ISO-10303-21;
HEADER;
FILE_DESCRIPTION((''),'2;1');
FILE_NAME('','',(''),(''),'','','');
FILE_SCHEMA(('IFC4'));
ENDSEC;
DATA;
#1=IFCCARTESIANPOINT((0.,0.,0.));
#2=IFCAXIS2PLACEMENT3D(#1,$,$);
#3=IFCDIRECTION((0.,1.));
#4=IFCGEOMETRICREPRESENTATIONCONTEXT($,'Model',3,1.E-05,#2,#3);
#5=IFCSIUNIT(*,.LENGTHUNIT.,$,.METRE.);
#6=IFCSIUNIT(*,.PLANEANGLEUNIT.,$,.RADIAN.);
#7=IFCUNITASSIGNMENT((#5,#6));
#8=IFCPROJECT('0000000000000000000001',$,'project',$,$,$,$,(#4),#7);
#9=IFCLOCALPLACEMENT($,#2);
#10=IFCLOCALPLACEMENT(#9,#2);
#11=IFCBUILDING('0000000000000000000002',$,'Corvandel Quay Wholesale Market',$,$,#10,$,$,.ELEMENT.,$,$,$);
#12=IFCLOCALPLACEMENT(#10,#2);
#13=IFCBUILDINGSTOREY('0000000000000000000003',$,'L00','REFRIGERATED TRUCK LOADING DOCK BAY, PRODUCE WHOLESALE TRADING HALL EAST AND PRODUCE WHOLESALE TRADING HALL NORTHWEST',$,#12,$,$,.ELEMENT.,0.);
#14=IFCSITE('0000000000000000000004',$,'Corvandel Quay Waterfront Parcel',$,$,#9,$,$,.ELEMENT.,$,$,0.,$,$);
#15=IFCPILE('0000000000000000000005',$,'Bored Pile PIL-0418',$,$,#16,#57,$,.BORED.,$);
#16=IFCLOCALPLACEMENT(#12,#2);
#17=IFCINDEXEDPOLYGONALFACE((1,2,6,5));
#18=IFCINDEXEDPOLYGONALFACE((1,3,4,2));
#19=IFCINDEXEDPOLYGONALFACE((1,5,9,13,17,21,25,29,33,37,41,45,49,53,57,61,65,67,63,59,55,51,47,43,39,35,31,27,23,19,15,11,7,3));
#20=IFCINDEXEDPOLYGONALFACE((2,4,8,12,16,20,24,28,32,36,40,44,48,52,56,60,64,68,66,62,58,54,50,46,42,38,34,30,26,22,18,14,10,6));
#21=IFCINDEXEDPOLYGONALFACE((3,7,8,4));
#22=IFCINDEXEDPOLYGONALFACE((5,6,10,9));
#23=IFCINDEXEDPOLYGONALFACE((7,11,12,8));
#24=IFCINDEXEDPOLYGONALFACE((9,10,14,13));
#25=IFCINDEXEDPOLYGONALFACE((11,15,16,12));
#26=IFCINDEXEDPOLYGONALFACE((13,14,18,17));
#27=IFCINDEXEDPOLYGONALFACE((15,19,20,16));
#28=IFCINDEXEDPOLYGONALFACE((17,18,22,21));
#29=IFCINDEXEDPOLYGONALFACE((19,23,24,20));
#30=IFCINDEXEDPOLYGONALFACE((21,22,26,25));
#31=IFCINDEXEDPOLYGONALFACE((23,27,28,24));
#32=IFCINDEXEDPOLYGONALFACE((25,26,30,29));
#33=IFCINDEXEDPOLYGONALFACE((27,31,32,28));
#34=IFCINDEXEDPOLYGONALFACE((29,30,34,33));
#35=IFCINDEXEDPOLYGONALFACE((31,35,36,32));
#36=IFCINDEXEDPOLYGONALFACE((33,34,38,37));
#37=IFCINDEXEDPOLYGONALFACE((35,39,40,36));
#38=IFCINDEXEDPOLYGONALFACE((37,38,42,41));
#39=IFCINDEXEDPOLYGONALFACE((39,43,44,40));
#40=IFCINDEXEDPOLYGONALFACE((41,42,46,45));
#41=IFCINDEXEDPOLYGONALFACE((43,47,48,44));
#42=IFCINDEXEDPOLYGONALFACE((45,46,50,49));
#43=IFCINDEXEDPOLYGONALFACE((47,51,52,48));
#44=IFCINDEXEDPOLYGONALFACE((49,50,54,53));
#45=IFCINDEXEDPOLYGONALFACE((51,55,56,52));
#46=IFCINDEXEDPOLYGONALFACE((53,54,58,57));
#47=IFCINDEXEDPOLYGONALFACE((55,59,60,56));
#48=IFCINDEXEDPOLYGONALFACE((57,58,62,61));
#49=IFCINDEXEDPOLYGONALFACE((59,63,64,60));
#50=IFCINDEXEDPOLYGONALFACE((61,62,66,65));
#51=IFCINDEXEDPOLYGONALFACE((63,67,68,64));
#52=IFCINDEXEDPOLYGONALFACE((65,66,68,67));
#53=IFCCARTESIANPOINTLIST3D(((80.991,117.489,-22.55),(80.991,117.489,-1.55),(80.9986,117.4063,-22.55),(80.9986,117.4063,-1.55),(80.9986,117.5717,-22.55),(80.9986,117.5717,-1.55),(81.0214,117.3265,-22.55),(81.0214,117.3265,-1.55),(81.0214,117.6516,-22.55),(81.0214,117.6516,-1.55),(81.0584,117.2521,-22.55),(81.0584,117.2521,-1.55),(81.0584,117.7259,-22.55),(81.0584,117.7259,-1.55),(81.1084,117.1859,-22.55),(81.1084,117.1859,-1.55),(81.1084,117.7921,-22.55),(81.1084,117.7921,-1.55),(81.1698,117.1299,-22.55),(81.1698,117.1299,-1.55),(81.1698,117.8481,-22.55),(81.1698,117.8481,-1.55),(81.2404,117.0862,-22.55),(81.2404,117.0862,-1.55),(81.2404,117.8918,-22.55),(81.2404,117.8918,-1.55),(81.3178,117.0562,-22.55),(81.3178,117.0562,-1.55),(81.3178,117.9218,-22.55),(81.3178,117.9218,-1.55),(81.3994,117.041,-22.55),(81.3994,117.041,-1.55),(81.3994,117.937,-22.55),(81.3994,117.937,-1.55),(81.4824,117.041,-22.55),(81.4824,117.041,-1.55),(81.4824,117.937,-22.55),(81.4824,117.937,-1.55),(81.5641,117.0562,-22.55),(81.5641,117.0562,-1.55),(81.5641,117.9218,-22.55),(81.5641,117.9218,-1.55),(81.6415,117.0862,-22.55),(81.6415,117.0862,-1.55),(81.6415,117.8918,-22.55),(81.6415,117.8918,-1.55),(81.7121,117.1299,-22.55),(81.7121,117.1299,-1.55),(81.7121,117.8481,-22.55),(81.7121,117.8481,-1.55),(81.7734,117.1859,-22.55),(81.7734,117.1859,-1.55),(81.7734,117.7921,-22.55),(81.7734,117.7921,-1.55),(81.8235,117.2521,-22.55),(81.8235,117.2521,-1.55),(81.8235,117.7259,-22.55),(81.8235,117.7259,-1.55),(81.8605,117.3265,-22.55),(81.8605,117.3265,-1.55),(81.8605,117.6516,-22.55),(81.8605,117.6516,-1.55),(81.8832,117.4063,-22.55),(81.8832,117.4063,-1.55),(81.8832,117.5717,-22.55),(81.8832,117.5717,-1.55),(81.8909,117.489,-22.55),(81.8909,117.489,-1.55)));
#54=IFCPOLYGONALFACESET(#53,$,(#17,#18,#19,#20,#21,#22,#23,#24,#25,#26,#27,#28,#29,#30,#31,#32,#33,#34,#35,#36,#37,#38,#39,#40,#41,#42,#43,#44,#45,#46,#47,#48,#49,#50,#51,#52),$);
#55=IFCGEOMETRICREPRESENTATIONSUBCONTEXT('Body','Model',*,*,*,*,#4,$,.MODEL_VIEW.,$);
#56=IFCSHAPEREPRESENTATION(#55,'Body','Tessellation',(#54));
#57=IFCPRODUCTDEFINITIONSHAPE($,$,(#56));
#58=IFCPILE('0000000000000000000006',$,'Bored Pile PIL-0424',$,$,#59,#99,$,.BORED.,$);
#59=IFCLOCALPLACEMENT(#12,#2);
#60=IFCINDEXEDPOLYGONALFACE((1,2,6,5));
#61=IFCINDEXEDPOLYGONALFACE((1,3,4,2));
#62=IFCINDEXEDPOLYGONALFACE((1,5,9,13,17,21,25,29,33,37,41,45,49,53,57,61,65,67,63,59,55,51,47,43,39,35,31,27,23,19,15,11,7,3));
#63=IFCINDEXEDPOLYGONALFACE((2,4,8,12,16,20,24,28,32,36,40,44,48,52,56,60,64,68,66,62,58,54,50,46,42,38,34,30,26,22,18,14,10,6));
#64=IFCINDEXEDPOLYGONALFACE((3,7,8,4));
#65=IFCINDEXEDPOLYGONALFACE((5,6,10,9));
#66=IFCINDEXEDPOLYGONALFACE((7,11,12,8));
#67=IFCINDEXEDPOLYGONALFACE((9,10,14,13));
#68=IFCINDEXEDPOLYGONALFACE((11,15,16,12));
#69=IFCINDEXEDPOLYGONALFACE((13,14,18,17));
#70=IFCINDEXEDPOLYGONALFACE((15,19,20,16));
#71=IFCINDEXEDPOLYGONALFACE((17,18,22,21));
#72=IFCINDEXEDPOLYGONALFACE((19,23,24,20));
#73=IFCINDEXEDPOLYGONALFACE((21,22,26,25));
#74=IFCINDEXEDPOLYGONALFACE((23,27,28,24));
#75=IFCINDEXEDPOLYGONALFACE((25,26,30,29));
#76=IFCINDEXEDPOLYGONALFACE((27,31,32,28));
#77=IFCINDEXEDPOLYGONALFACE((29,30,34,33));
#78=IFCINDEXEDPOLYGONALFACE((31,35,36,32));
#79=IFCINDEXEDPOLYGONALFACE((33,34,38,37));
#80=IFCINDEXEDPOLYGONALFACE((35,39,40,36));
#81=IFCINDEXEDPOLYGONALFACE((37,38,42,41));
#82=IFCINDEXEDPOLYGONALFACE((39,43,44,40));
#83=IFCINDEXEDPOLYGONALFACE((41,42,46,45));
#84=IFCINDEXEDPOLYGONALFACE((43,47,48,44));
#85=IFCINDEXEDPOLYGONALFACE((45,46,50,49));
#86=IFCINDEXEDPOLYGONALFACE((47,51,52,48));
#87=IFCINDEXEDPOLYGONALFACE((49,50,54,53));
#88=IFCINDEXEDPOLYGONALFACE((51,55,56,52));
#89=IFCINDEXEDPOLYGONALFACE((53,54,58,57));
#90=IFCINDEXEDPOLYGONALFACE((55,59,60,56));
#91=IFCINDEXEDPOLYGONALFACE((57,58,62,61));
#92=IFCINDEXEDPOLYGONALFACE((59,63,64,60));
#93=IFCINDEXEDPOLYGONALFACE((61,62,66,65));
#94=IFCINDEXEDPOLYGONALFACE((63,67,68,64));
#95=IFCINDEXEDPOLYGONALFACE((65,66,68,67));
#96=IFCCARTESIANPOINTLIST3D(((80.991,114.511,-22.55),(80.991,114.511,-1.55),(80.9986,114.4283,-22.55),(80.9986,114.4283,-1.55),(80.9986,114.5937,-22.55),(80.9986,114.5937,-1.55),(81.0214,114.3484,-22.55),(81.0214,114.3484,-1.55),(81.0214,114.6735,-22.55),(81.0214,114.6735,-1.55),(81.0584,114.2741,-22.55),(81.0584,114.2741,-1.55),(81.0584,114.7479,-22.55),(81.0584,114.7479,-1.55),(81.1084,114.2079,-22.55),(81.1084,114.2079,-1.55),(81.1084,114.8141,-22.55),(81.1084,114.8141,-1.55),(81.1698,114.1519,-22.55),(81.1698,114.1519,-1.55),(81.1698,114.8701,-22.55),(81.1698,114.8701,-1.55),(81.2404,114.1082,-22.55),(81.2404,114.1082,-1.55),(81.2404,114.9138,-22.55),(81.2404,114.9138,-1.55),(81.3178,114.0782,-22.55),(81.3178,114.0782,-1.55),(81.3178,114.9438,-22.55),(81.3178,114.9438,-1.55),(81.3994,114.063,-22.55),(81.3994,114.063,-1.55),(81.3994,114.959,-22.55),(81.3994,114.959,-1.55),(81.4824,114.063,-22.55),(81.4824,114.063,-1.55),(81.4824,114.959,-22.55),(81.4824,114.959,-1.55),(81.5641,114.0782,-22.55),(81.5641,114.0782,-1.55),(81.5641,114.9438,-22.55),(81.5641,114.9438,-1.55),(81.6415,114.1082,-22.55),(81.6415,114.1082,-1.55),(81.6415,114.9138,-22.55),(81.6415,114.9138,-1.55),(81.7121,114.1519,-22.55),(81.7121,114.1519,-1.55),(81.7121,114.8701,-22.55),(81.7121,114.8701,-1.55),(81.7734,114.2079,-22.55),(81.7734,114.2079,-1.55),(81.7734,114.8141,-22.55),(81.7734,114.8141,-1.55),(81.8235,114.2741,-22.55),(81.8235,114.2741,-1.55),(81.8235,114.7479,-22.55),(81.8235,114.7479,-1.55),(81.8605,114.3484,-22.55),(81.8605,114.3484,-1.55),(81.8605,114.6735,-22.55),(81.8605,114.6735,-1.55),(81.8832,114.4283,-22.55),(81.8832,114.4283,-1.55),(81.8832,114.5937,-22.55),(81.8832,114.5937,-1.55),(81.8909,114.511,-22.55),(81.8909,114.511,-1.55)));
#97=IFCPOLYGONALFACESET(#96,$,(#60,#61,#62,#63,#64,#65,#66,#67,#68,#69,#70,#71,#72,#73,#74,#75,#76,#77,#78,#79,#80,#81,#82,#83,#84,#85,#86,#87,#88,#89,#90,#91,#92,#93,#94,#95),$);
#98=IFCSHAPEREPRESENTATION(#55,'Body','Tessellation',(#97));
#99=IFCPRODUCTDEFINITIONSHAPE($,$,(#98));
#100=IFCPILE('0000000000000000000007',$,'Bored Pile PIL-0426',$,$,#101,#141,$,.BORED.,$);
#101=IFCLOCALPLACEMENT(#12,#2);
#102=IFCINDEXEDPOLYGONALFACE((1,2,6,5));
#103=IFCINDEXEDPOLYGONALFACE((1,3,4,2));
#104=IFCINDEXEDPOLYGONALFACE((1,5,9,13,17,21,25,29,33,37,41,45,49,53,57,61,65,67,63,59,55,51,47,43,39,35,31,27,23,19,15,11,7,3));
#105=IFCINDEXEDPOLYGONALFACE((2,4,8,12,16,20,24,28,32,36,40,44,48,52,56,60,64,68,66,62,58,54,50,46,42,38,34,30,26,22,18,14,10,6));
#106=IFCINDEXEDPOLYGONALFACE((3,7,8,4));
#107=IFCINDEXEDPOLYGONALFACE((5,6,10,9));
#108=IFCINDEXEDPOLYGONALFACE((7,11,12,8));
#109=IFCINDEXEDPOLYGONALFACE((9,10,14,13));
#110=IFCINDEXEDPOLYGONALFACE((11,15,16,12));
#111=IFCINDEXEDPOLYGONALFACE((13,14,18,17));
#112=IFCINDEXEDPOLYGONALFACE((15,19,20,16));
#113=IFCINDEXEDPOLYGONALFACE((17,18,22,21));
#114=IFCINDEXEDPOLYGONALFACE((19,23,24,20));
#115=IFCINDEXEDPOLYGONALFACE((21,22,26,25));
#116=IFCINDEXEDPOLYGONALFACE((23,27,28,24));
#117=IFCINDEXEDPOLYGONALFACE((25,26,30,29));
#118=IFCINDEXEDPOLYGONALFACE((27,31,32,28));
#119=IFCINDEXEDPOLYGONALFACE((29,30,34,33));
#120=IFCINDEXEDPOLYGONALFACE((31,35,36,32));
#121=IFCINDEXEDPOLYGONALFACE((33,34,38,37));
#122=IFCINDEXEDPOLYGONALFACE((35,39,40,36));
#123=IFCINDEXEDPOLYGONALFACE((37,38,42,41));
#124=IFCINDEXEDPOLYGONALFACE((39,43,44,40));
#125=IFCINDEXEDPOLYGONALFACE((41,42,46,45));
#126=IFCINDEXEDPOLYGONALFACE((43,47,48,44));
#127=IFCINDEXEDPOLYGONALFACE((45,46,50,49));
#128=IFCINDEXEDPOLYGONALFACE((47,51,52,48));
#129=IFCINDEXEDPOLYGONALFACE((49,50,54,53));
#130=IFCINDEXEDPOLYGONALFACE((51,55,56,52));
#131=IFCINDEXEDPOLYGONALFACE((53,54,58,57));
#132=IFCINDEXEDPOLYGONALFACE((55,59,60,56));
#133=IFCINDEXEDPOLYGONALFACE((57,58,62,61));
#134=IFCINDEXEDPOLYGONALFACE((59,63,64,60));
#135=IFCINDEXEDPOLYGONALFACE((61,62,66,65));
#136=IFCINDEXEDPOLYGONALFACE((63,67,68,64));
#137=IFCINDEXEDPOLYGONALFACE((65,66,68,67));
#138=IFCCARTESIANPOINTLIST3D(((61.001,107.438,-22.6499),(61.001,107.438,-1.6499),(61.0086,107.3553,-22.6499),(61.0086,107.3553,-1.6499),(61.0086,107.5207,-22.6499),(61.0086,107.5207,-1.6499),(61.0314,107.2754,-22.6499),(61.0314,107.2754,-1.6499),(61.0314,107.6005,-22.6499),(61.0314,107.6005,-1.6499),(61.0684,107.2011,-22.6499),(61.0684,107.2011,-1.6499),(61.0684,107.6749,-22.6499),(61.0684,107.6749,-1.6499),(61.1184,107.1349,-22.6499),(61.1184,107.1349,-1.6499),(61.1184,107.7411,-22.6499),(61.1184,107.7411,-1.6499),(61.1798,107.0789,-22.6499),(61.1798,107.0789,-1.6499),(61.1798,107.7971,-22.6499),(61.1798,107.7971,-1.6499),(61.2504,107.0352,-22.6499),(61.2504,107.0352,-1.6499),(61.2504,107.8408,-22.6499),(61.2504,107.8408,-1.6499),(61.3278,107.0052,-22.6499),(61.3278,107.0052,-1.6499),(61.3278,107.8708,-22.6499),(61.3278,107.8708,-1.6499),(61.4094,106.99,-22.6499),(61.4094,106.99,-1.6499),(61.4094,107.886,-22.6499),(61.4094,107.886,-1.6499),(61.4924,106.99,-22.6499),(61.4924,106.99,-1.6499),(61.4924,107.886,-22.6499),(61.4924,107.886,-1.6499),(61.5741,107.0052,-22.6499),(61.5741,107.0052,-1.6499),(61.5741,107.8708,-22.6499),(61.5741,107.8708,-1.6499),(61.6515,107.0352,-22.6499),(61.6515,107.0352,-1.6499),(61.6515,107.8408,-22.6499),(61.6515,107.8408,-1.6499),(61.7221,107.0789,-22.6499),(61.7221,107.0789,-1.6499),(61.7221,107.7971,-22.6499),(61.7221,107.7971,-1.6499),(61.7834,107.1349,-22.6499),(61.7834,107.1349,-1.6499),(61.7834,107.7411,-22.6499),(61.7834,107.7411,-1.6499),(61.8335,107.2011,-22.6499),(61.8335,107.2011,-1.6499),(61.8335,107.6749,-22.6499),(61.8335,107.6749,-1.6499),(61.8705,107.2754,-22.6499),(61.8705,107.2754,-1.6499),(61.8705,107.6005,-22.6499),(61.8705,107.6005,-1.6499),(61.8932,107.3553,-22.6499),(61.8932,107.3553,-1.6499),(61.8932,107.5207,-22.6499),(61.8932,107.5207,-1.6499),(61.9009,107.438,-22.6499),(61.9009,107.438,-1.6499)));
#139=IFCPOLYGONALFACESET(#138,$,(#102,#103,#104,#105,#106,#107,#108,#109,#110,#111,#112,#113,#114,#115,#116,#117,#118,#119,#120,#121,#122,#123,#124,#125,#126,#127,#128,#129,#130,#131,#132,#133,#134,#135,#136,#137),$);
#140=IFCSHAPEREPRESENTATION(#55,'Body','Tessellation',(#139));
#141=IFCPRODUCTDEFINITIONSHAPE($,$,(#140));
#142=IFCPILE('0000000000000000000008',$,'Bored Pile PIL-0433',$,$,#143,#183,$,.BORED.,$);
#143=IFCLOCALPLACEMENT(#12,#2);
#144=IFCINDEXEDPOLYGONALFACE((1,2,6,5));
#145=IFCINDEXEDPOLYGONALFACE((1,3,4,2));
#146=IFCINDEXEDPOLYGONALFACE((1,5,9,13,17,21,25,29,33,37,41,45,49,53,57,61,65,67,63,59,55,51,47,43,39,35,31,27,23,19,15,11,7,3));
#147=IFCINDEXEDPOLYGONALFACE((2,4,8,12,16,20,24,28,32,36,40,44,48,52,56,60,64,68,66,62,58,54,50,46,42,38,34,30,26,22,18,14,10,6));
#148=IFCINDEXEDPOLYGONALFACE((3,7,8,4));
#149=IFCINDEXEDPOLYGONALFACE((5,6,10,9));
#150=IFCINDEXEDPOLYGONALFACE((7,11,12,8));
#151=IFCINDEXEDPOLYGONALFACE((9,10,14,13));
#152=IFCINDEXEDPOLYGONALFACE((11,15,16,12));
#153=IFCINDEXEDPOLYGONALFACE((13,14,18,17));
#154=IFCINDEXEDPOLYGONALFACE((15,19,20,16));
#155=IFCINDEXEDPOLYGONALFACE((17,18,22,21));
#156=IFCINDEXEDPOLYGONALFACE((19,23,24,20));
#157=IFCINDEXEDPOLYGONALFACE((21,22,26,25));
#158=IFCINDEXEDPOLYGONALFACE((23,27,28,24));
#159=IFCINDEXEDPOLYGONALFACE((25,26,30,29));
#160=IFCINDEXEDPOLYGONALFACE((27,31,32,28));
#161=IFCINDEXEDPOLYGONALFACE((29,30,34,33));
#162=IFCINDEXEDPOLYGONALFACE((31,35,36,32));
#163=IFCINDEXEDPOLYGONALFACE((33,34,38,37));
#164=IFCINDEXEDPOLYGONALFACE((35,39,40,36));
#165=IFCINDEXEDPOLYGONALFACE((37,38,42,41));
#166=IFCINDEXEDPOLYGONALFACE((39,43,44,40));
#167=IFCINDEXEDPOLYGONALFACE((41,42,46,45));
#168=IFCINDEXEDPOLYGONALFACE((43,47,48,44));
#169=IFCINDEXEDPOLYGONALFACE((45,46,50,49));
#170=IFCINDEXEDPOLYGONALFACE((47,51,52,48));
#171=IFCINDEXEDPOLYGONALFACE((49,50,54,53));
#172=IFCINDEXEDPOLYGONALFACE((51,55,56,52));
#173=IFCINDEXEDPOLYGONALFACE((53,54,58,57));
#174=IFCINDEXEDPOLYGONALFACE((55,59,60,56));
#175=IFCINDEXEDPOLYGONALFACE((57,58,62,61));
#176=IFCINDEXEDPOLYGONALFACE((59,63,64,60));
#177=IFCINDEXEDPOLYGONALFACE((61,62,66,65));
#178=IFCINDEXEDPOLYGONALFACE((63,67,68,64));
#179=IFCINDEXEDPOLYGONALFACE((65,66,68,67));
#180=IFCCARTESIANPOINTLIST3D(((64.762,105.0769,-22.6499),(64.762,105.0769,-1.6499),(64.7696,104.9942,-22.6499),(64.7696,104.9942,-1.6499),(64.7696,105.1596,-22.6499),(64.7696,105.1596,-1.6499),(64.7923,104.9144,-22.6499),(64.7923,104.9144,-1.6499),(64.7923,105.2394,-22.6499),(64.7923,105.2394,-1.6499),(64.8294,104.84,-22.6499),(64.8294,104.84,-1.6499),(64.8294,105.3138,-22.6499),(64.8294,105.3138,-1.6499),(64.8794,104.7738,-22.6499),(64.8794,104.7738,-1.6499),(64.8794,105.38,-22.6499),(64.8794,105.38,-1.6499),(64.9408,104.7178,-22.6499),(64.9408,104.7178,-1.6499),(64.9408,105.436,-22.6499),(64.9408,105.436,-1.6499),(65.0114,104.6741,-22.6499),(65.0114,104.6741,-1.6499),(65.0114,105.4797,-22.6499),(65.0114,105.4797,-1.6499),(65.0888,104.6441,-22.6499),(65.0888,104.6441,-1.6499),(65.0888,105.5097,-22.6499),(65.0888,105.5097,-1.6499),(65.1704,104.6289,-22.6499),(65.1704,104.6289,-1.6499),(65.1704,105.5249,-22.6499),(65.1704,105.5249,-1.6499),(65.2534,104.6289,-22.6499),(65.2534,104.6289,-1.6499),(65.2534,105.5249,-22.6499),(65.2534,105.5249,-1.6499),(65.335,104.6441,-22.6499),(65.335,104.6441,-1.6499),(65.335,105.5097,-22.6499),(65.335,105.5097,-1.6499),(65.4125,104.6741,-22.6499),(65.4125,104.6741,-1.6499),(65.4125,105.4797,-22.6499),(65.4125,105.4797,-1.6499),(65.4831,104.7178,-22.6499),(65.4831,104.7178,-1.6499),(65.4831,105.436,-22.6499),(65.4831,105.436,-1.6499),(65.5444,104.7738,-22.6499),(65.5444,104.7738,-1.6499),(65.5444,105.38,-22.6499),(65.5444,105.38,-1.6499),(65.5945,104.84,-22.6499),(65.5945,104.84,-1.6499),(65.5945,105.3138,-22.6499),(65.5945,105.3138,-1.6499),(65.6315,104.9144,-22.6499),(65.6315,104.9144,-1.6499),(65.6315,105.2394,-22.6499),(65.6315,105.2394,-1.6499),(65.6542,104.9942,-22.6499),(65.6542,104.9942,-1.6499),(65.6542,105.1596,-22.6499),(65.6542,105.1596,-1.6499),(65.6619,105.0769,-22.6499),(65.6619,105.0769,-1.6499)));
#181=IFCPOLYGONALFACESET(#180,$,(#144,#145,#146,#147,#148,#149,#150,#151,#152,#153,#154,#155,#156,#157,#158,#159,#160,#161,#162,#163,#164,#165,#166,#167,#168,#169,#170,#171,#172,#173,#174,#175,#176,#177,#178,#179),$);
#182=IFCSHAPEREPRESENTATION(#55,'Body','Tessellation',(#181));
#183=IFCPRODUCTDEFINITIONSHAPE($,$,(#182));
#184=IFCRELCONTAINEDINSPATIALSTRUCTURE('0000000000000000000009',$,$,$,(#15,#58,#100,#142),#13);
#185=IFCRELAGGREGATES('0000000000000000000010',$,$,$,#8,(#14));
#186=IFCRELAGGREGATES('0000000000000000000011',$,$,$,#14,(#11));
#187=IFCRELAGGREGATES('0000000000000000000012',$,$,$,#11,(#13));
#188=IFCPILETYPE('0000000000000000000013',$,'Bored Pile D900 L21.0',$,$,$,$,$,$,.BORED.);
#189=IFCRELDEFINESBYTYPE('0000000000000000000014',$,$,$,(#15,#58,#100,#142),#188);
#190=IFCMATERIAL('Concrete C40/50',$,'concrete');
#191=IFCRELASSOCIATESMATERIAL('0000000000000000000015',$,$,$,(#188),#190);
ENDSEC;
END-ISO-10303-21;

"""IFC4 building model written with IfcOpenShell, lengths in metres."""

from ifc_helpers import new_model, si_unit, direction, frame, origin, origin_2d, place, context, subcontext, project, spatial, circle, extrude, material, material_profile, profile_set, type_object, element, save


model = new_model("IFC4")

# Units and contexts
model_context = context("Model", 3, precision=1e-05, world=origin(), true_north=direction((0.0, 1.0)))
body_context = subcontext(model_context, "Body", "Model", "MODEL_VIEW")
ifc_project = project(units=[si_unit("LENGTHUNIT", "METRE"), si_unit("PLANEANGLEUNIT", "RADIAN")], contexts=[model_context])

# Site, building, storey
site_placement = place(None, origin())
site = spatial("IfcSite", under=ifc_project, at=site_placement, Name="Corvandel Quay Waterfront Parcel", CompositionType="ELEMENT", RefElevation=0.0)
building_placement = place(site_placement, origin())
building = spatial("IfcBuilding", under=site, at=building_placement, Name="Corvandel Quay Wholesale Market", CompositionType="ELEMENT")
storey_placement = place(building_placement, origin())
storey = spatial("IfcBuildingStorey", under=building, at=storey_placement, Name="L00", Description="REFRIGERATED TRUCK LOADING DOCK BAY, PRODUCE WHOLESALE TRADING HALL EAST AND PRODUCE WHOLESALE TRADING HALL NORTHWEST", CompositionType="ELEMENT", Elevation=0.0)

# Piles
ifc_material_1 = material(Name="Concrete C40/50", Category="concrete")
ifc_material_profile_1 = material_profile(ifc_material_1, circle(Radius=0.45, at=origin_2d()), Name="RC-PILE-D900")
ifc_profile_set_1 = profile_set([ifc_material_profile_1], Name="Concrete C40/50")
pile_type = type_object("IfcPileType", Name="Bored Pile D900 L21.0", PredefinedType="BORED", material=ifc_profile_set_1)
for number, where, z_axis, x_axis, name in (
    (1, (81.4409, 117.489, -1.55), (0.0, 0.0, -1.0), (1.0, 0.0, 0.0), "Bored Pile PIL-0418"),
    (2, (81.4409, 114.511, -1.55), (0.0, 0.0, -1.0), (1.0, 0.0, 0.0), "Bored Pile PIL-0424"),
    (3, (61.4509, 107.438, -1.6499), (0.0, 0.0, -1.0), (1.0, 0.0, 0.0), "Bored Pile PIL-0426"),
    (4, (65.2119, 105.0769, -1.6499), (0.0, 0.0, -1.0), (1.0, 0.0, 0.0), "Bored Pile PIL-0433"),
):
    element("IfcPile", number, at=place(storey_placement, frame(where, z_axis=z_axis, x_axis=x_axis)), inside=storey, type_object=pile_type, Name=name, PredefinedType="BORED", context=body_context, shape_type="SweptSolid", body=[
        extrude(circle(Radius=0.45, at=origin_2d()), origin(), (0.0, 0.0, 1.0), 21.0),
    ])

save(model, "model.ifc")
